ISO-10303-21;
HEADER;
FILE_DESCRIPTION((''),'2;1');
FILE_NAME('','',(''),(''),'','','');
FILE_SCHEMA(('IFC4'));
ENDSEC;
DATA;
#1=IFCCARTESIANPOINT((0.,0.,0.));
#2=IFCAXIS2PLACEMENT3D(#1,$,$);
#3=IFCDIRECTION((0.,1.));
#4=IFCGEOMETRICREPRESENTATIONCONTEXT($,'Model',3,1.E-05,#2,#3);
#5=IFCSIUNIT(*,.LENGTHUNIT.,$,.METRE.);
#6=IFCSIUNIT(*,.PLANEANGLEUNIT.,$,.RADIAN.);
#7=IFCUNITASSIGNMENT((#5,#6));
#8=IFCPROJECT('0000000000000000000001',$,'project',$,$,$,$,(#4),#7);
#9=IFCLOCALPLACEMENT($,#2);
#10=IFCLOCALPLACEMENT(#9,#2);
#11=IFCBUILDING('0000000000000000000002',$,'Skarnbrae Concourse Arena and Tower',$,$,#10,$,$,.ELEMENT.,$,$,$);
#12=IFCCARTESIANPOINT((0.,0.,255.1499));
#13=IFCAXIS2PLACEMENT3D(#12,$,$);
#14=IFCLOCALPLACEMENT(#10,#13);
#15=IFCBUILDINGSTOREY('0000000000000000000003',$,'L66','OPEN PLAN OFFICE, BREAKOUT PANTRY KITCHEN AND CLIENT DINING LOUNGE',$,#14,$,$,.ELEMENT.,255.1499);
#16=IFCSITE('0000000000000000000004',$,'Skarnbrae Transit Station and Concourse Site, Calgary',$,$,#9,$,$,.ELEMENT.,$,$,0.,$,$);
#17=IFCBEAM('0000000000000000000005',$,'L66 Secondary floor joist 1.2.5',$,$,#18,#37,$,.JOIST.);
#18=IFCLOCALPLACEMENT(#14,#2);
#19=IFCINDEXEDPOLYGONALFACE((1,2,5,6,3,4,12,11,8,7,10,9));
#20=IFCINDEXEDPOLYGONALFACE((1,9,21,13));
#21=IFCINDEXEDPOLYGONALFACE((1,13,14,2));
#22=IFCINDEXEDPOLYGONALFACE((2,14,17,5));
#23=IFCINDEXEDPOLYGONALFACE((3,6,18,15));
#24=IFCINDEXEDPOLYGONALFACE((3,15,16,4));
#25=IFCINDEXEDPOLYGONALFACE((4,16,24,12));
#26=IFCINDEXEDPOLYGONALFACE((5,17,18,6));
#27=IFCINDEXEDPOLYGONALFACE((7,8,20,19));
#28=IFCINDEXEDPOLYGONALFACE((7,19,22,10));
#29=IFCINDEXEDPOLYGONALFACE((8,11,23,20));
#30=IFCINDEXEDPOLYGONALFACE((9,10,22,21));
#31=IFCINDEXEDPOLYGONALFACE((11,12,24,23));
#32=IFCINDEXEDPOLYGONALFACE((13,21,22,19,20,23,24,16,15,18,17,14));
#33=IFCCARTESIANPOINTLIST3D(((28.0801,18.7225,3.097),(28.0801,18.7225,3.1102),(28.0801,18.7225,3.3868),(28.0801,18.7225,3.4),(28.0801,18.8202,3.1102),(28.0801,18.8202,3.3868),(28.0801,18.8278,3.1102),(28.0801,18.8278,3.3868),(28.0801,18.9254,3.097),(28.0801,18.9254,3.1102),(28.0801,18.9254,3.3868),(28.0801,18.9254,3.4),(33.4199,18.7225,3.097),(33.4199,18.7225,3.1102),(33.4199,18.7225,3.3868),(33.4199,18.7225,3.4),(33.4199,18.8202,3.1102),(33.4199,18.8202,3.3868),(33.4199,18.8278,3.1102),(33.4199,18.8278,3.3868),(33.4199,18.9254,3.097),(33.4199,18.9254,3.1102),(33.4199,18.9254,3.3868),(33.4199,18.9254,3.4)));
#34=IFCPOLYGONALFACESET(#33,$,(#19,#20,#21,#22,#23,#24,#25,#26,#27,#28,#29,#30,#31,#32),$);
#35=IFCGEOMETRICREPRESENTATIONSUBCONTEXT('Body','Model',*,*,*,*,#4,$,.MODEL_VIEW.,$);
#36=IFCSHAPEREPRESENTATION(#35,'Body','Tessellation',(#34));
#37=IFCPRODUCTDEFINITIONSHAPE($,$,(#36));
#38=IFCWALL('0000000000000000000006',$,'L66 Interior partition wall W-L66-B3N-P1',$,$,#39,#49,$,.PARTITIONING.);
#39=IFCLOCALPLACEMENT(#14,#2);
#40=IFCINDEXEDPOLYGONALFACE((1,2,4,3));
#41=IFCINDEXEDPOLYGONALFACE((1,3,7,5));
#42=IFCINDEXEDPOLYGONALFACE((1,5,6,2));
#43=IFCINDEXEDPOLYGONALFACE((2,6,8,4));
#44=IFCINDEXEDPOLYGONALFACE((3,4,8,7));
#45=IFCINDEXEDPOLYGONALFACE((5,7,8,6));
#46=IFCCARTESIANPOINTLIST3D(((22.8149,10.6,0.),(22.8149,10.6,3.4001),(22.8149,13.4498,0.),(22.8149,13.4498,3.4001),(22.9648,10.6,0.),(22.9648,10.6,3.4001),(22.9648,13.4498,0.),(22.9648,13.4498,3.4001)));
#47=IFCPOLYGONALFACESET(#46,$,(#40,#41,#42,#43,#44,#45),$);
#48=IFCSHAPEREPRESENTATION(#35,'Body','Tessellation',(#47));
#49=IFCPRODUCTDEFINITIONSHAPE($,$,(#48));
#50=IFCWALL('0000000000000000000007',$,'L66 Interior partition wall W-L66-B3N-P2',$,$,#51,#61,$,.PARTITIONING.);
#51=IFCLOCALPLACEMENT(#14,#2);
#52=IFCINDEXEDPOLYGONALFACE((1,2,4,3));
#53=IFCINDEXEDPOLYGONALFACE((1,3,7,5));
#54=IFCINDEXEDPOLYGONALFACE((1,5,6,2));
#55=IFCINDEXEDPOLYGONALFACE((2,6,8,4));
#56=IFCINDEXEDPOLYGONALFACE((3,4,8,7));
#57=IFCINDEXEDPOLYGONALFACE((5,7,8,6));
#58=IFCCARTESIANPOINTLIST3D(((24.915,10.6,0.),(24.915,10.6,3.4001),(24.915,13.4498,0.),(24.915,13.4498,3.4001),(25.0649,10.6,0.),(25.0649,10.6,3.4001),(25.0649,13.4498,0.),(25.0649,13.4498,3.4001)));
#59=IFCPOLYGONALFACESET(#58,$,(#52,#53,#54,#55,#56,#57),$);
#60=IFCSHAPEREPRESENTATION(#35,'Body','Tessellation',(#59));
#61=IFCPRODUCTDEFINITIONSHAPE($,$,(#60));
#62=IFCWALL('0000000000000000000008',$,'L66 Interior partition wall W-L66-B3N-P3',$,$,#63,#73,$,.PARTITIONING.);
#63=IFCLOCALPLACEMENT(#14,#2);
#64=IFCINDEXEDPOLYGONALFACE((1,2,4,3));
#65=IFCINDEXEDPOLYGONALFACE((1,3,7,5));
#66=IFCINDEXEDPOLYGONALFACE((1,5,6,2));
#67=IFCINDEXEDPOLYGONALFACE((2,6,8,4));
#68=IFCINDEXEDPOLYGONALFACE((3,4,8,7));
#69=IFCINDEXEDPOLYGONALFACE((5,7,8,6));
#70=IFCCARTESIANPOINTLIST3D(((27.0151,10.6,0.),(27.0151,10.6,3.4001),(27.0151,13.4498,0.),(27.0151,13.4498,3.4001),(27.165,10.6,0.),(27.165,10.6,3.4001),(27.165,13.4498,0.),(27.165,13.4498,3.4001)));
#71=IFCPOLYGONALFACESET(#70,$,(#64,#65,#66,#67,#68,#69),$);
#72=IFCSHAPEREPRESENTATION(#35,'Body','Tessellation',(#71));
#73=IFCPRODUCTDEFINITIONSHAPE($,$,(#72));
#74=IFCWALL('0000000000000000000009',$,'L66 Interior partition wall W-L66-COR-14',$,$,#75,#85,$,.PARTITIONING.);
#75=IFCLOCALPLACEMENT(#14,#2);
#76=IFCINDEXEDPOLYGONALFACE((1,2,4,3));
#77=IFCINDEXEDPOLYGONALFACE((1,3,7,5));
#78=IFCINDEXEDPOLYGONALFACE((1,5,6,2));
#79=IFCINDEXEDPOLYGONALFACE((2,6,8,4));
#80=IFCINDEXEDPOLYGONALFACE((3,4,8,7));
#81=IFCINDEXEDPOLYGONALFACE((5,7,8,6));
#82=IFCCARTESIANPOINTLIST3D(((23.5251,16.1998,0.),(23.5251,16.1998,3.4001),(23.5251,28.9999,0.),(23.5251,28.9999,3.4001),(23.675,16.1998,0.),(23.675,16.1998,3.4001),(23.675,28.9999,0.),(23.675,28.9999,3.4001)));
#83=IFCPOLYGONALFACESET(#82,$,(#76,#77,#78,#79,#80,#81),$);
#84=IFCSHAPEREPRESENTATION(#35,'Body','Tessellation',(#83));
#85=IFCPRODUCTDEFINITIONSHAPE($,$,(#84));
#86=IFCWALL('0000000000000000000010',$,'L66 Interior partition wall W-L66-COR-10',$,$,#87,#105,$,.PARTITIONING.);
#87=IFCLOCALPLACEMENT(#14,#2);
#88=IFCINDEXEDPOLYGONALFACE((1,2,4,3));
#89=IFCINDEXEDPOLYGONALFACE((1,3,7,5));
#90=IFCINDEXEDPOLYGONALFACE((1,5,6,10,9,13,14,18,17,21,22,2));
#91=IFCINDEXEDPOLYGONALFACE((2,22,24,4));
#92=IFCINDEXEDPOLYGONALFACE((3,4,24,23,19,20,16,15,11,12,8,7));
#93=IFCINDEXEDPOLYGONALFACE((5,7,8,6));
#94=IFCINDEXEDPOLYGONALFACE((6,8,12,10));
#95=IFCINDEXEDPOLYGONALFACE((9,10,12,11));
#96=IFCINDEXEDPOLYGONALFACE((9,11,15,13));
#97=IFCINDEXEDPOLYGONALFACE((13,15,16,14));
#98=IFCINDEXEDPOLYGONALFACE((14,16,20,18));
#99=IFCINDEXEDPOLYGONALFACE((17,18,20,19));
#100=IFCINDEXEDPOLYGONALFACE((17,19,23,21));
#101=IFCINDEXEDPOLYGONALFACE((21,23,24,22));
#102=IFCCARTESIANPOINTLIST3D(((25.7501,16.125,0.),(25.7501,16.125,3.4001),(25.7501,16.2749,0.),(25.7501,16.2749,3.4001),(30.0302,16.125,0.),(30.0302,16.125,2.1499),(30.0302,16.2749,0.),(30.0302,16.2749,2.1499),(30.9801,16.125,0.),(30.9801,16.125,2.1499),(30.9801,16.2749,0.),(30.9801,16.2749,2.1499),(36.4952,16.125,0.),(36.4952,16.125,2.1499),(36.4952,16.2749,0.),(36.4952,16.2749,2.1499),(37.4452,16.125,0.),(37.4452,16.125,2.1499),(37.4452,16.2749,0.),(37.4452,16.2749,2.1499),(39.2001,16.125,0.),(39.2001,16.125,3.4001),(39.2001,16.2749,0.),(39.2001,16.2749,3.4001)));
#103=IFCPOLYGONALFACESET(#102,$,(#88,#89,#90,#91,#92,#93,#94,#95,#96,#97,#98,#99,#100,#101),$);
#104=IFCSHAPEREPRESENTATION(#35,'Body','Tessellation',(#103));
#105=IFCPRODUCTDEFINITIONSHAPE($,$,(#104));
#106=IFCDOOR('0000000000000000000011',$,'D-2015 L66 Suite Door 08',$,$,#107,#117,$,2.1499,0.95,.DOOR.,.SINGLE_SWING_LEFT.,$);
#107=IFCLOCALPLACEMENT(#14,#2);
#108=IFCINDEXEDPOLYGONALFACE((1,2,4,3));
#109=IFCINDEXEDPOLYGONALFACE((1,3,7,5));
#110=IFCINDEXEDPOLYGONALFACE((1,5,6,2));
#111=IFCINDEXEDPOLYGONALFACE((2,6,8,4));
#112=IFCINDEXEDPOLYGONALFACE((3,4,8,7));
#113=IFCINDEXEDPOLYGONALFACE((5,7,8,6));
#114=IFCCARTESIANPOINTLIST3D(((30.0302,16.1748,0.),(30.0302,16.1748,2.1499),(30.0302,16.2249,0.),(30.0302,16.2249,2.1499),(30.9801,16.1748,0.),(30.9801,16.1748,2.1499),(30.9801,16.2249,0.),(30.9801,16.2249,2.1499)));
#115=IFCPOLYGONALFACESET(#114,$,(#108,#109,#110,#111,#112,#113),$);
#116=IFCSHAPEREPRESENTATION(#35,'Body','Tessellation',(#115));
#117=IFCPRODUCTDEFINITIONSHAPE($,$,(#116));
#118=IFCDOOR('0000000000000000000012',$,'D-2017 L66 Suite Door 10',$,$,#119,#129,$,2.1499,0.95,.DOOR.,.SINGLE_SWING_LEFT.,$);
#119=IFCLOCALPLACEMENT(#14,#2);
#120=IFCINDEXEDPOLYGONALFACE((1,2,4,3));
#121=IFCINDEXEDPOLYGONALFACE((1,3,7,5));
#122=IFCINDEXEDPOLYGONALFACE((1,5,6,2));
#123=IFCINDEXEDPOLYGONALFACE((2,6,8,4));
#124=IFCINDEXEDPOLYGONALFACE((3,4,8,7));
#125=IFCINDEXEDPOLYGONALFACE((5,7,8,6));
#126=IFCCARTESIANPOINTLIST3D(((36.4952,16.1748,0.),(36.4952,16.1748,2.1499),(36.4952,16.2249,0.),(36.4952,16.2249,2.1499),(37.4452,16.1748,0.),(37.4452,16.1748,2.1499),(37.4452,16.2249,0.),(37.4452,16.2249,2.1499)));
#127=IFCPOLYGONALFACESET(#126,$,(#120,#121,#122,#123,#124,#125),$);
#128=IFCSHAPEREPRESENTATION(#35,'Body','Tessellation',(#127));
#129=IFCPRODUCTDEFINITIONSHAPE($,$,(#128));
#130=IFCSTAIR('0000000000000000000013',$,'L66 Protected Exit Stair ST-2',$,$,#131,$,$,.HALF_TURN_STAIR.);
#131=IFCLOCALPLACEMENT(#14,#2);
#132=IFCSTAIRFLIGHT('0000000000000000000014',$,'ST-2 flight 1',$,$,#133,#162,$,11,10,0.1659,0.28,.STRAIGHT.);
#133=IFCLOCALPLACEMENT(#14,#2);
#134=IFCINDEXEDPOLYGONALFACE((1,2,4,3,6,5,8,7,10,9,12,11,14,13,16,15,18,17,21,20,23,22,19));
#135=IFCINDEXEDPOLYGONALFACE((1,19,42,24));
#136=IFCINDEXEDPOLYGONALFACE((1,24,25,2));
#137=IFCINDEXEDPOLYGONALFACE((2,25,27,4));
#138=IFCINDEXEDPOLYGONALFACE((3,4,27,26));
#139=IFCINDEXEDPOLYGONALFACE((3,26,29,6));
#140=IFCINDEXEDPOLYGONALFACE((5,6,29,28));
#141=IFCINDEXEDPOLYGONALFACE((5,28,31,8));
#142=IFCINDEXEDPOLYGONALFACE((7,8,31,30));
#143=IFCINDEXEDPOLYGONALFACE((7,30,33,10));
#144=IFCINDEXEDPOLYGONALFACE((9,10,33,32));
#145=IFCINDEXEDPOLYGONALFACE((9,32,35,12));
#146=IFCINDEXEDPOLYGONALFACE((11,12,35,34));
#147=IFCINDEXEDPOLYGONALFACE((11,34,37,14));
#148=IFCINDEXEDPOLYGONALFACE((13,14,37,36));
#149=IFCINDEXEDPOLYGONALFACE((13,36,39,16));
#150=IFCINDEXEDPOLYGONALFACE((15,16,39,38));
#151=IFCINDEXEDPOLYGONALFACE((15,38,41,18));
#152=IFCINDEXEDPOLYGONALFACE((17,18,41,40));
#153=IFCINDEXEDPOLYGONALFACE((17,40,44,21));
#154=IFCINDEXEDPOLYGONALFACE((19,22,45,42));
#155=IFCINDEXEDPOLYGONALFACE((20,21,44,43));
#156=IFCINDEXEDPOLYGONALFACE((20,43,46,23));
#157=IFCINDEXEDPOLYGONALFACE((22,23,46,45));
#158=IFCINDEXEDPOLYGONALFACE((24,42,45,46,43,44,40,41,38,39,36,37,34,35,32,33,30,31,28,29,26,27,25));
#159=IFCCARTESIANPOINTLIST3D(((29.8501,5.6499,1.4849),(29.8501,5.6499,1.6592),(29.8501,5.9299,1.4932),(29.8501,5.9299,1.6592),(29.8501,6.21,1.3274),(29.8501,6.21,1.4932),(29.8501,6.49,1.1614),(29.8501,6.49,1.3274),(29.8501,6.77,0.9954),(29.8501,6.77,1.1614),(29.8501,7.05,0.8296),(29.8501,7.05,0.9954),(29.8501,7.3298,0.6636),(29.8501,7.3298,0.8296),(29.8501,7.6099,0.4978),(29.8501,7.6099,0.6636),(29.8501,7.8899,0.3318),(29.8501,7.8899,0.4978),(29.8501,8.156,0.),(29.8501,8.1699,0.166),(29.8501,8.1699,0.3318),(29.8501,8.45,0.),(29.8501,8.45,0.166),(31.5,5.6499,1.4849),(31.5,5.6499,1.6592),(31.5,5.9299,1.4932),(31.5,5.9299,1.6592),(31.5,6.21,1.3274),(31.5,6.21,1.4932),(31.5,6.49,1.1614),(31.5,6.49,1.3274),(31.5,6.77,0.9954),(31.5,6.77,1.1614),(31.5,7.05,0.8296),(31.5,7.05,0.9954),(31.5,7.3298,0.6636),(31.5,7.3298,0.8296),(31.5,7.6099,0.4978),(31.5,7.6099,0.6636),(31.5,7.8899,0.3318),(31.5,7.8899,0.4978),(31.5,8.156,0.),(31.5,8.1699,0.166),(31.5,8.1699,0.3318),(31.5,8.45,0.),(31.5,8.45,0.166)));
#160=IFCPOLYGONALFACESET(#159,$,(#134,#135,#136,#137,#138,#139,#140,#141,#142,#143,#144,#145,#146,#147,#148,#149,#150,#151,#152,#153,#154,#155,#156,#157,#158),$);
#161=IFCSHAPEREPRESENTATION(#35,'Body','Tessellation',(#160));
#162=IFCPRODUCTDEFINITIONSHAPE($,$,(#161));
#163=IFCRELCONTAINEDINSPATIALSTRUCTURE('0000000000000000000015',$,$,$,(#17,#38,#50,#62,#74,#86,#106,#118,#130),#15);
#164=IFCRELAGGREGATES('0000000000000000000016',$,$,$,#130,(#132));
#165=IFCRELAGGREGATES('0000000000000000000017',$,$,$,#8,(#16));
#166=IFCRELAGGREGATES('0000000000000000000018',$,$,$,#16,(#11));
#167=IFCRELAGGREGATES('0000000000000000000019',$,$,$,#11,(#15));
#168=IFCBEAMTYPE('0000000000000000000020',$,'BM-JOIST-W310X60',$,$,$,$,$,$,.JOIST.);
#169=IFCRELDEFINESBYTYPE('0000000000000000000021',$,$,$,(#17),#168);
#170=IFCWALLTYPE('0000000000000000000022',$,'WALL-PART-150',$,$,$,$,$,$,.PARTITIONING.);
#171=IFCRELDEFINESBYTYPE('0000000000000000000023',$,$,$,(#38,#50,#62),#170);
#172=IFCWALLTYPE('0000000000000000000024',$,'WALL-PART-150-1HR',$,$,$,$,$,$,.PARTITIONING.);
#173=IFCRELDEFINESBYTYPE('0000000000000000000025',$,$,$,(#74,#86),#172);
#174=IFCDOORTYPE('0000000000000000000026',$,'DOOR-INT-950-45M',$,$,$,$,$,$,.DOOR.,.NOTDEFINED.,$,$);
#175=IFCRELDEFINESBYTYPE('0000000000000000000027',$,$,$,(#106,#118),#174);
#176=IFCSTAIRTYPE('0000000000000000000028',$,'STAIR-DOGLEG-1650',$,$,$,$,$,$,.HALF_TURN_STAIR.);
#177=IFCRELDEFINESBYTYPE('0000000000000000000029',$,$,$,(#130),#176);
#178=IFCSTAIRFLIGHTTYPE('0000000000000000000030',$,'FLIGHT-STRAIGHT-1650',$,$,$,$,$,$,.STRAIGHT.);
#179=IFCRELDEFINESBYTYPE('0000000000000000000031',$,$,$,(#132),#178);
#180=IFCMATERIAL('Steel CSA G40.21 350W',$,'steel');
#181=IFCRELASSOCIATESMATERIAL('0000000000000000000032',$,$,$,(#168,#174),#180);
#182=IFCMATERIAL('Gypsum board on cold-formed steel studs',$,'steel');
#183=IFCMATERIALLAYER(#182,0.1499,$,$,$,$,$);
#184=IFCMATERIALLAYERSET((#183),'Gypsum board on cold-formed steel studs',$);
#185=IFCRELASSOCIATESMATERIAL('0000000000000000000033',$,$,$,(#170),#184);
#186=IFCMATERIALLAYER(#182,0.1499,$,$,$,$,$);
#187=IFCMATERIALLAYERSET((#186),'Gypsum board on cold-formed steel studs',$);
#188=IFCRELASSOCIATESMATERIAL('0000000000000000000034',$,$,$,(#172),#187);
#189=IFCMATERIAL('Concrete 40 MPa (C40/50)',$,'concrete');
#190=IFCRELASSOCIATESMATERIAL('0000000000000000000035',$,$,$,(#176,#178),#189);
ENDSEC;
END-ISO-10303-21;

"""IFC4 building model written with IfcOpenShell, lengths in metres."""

from ifc_helpers import new_model, si_unit, direction, frame, frame_2d, origin, origin_2d, place, context, subcontext, project, spatial, polyline, rectangle, i_section, outline, extrude, source, transform, mapped, material, layer, layer_set, material_profile, profile_set, type_object, element, fill, aggregate, save


model = new_model("IFC4")

# Units and contexts
model_context = context("Model", 3, precision=1e-05, world=origin(), true_north=direction((0.0, 1.0)))
body_context = subcontext(model_context, "Body", "Model", "MODEL_VIEW")
ifc_project = project(units=[si_unit("LENGTHUNIT", "METRE"), si_unit("PLANEANGLEUNIT", "RADIAN")], contexts=[model_context])

# Site, building, storey
site_placement = place(None, origin())
site = spatial("IfcSite", under=ifc_project, at=site_placement, Name="Skarnbrae Transit Station and Concourse Site, Calgary", CompositionType="ELEMENT", RefElevation=0.0)
building_placement = place(site_placement, origin())
building = spatial("IfcBuilding", under=site, at=building_placement, Name="Skarnbrae Concourse Arena and Tower", CompositionType="ELEMENT")
storey_placement = place(building_placement, frame((0.0, 0.0, 255.1499)))
storey = spatial("IfcBuildingStorey", under=building, at=storey_placement, Name="L66", Description="OPEN PLAN OFFICE, BREAKOUT PANTRY KITCHEN AND CLIENT DINING LOUNGE", CompositionType="ELEMENT", Elevation=255.1499)

# Shared definitions
ifc_material_1 = material(Name="Steel CSA G40.21 350W", Category="steel")

# Beam
ifc_material_profile_1 = material_profile(ifc_material_1, i_section(OverallWidth=0.2029, OverallDepth=0.303, WebThickness=0.0076, FlangeThickness=0.0132, at=origin_2d()), Name="W310X60")
ifc_profile_set_1 = profile_set([ifc_material_profile_1], Name="Steel CSA G40.21 350W")
beam_type_1 = type_object("IfcBeamType", Name="BM-JOIST-W310X60", PredefinedType="JOIST", material=ifc_profile_set_1)
shared_shape_1 = source(origin(), body_context, "Body", "SweptSolid", [
    extrude(i_section(OverallWidth=0.2029, OverallDepth=0.303, WebThickness=0.0076, FlangeThickness=0.0132, at=origin_2d()), origin(), (0.0, 0.0, 1.0), 5.3398),
])
for number, where, z_axis, x_axis, name in (
    (1, (28.0801, 18.824, 3.2485), (1.0, 0.0, 0.0), (0.0, 1.0, 0.0), "L66 Secondary floor joist 1.2.5"),
):
    element("IfcBeam", number, at=place(storey_placement, frame(where, z_axis=z_axis, x_axis=x_axis)), inside=storey, type_object=beam_type_1, Name=name, PredefinedType="JOIST", context=body_context, shape_type="MappedRepresentation", body=[
        mapped(shared_shape_1, transform((0.0, 0.0, 0.0))),
    ])

# Walls
ifc_material_2 = material(Name="Gypsum board on cold-formed steel studs", Category="steel")
ifc_layer_1 = layer(ifc_material_2, 0.1499)
ifc_layer_set_1 = layer_set([ifc_layer_1], Name="Gypsum board on cold-formed steel studs")
wall_type_1 = type_object("IfcWallType", Name="WALL-PART-150", PredefinedType="PARTITIONING", material=ifc_layer_set_1)
shared_shape_2 = source(origin(), body_context, "Body", "SweptSolid", [
    extrude(rectangle(XDim=2.8499, YDim=0.1499, at=frame_2d((1.4248, 0.0))), origin(), (0.0, 0.0, 1.0), 3.4001),
])
for number, where, z_axis, x_axis, name in (
    (2, (22.8899, 10.6001, 0.0), (0.0, 0.0, 1.0), (0.0, 1.0, 0.0), "L66 Interior partition wall W-L66-B3N-P1"),
    (3, (24.99, 10.6001, 0.0), (0.0, 0.0, 1.0), (0.0, 1.0, 0.0), "L66 Interior partition wall W-L66-B3N-P2"),
    (4, (27.0901, 10.6001, 0.0), (0.0, 0.0, 1.0), (0.0, 1.0, 0.0), "L66 Interior partition wall W-L66-B3N-P3"),
):
    element("IfcWall", number, at=place(storey_placement, frame(where, z_axis=z_axis, x_axis=x_axis)), inside=storey, type_object=wall_type_1, Name=name, PredefinedType="PARTITIONING", context=body_context, shape_type="MappedRepresentation", body=[
        mapped(shared_shape_2, transform((0.0, 0.0, 0.0))),
    ])
ifc_layer_2 = layer(ifc_material_2, 0.1499)
ifc_layer_set_2 = layer_set([ifc_layer_2], Name="Gypsum board on cold-formed steel studs")
wall_type_2 = type_object("IfcWallType", Name="WALL-PART-150-1HR", PredefinedType="PARTITIONING", material=ifc_layer_set_2)
shared_shape_3 = source(origin(), body_context, "Body", "SweptSolid", [
    extrude(rectangle(XDim=12.8, YDim=0.1499, at=frame_2d((6.3999, 0.0))), origin(), (0.0, 0.0, 1.0), 3.4001),
])
wall_1_placement = place(storey_placement, frame((23.6001, 16.2, 0.0), z_axis=(0.0, 0.0, 1.0), x_axis=(0.0, 1.0, 0.0)))
element("IfcWall", 5, at=wall_1_placement, inside=storey, type_object=wall_type_2, Name="L66 Interior partition wall W-L66-COR-14", PredefinedType="PARTITIONING", context=body_context, shape_type="MappedRepresentation", body=[
    mapped(shared_shape_3, transform((0.0, 0.0, 0.0))),
])

# Wall, openings, doors
shared_shape_4 = source(origin(), body_context, "Body", "SweptSolid", [
    extrude(rectangle(XDim=13.45, YDim=0.1499, at=frame_2d((6.7251, 0.0))), origin(), (0.0, 0.0, 1.0), 3.4001),
])
wall_2_placement = place(storey_placement, frame((25.75, 16.2, 0.0), z_axis=(0.0, 0.0, 1.0), x_axis=(1.0, 0.0, 0.0)))
wall_2 = element("IfcWall", 6, at=wall_2_placement, inside=storey, type_object=wall_type_2, Name="L66 Interior partition wall W-L66-COR-10", PredefinedType="PARTITIONING", context=body_context, shape_type="MappedRepresentation", body=[
    mapped(shared_shape_4, transform((0.0, 0.0, 0.0))),
])
opening_1_placement = place(wall_2_placement, frame((4.28, 0.0, 0.0)))
opening_1 = element("IfcOpeningElement", 7, at=opening_1_placement, cuts=wall_2, PredefinedType="OPENING", context=body_context, shape_type="SweptSolid", body=[
    extrude(rectangle(XDim=0.95, YDim=2.1499, at=frame_2d((0.4751, 1.075))), frame((0.0, 0.085, 0.0), z_axis=(0.0, -1.0, 0.0), x_axis=(1.0, 0.0, 0.0)), (0.0, 0.0, 1.0), 0.1699),
])
opening_2_placement = place(wall_2_placement, frame((10.7451, 0.0, 0.0)))
opening_2 = element("IfcOpeningElement", 8, at=opening_2_placement, cuts=wall_2, PredefinedType="OPENING", context=body_context, shape_type="SweptSolid", body=[
    extrude(rectangle(XDim=0.95, YDim=2.1499, at=frame_2d((0.4751, 1.075))), frame((0.0, 0.085, 0.0), z_axis=(0.0, -1.0, 0.0), x_axis=(1.0, 0.0, 0.0)), (0.0, 0.0, 1.0), 0.1699),
])
door_type_1 = type_object("IfcDoorType", Name="DOOR-INT-950-45M", OperationType="NOTDEFINED", PredefinedType="DOOR", material=ifc_material_1)
shared_shape_5 = source(origin(), body_context, "Body", "SweptSolid", [
    extrude(rectangle(XDim=0.95, YDim=2.1499, at=frame_2d((0.4751, 1.075))), frame((0.0, 0.0249, 0.0), z_axis=(0.0, -1.0, 0.0), x_axis=(1.0, 0.0, 0.0)), (0.0, 0.0, 1.0), 0.05),
])
door_1_placement = place(opening_1_placement, origin())
door_1 = element("IfcDoor", 9, at=door_1_placement, inside=storey, type_object=door_type_1, Name="D-2015 L66 Suite Door 08", OperationType="SINGLE_SWING_LEFT", OverallHeight=2.1499, OverallWidth=0.95, PredefinedType="DOOR", context=body_context, shape_type="MappedRepresentation", body=[
    mapped(shared_shape_5, transform((0.0, 0.0, 0.0))),
])
fill(opening_1, door_1)
door_2_placement = place(opening_2_placement, origin())
door_2 = element("IfcDoor", 10, at=door_2_placement, inside=storey, type_object=door_type_1, Name="D-2017 L66 Suite Door 10", OperationType="SINGLE_SWING_LEFT", OverallHeight=2.1499, OverallWidth=0.95, PredefinedType="DOOR", context=body_context, shape_type="MappedRepresentation", body=[
    mapped(shared_shape_5, transform((0.0, 0.0, 0.0))),
])
fill(opening_2, door_2)

# Stair, stair flight
ifc_material_3 = material(Name="Concrete 40 MPa (C40/50)", Category="concrete")
stair_type = type_object("IfcStairType", Name="STAIR-DOGLEG-1650", PredefinedType="HALF_TURN_STAIR", material=ifc_material_3)
stair_placement = place(storey_placement, origin())
stair = element("IfcStair", 11, at=stair_placement, inside=storey, type_object=stair_type, Name="L66 Protected Exit Stair ST-2", PredefinedType="HALF_TURN_STAIR")
stair_flight_type = type_object("IfcStairFlightType", Name="FLIGHT-STRAIGHT-1650", PredefinedType="STRAIGHT", material=ifc_material_3)
shared_shape_6 = source(origin(), body_context, "Body", "SweptSolid", [
    extrude(outline(polyline([(0.0, 0.0), (0.0, 0.166), (0.28, 0.166), (0.28, 0.3318), (0.5601, 0.3318), (0.5601, 0.4978), (0.8401, 0.4978), (0.8401, 0.6636), (1.1201, 0.6636), (1.1201, 0.8296), (1.3999, 0.8296), (1.3999, 0.9954), (1.6799, 0.9954), (1.6799, 1.1614), (1.96, 1.1614), (1.96, 1.3274), (2.24, 1.3274), (2.24, 1.4932), (2.52, 1.4932), (2.52, 1.6592), (2.8, 1.6592), (2.8, 1.825), (2.8, 1.4849), (0.2939, 0.0), (0.0, 0.0)])), frame((0.0, 0.825, 0.0), z_axis=(0.0, -1.0, 0.0), x_axis=(1.0, 0.0, 0.0)), (0.0, 0.0, 1.0), 1.6499),
])
stair_flight_placement = place(storey_placement, frame((30.675, 8.45, 0.0), z_axis=(0.0, 0.0, 1.0), x_axis=(0.0, -1.0, 0.0)))
stair_flight = element("IfcStairFlight", 12, at=stair_flight_placement, type_object=stair_flight_type, Name="ST-2 flight 1", NumberOfRisers=11, NumberOfTreads=10, PredefinedType="STRAIGHT", RiserHeight=0.1659, TreadLength=0.28, context=body_context, shape_type="MappedRepresentation", body=[
    mapped(shared_shape_6, transform((0.0, 0.0, 0.0))),
])
aggregate(stair, [stair_flight])

save(model, "model.ifc")
